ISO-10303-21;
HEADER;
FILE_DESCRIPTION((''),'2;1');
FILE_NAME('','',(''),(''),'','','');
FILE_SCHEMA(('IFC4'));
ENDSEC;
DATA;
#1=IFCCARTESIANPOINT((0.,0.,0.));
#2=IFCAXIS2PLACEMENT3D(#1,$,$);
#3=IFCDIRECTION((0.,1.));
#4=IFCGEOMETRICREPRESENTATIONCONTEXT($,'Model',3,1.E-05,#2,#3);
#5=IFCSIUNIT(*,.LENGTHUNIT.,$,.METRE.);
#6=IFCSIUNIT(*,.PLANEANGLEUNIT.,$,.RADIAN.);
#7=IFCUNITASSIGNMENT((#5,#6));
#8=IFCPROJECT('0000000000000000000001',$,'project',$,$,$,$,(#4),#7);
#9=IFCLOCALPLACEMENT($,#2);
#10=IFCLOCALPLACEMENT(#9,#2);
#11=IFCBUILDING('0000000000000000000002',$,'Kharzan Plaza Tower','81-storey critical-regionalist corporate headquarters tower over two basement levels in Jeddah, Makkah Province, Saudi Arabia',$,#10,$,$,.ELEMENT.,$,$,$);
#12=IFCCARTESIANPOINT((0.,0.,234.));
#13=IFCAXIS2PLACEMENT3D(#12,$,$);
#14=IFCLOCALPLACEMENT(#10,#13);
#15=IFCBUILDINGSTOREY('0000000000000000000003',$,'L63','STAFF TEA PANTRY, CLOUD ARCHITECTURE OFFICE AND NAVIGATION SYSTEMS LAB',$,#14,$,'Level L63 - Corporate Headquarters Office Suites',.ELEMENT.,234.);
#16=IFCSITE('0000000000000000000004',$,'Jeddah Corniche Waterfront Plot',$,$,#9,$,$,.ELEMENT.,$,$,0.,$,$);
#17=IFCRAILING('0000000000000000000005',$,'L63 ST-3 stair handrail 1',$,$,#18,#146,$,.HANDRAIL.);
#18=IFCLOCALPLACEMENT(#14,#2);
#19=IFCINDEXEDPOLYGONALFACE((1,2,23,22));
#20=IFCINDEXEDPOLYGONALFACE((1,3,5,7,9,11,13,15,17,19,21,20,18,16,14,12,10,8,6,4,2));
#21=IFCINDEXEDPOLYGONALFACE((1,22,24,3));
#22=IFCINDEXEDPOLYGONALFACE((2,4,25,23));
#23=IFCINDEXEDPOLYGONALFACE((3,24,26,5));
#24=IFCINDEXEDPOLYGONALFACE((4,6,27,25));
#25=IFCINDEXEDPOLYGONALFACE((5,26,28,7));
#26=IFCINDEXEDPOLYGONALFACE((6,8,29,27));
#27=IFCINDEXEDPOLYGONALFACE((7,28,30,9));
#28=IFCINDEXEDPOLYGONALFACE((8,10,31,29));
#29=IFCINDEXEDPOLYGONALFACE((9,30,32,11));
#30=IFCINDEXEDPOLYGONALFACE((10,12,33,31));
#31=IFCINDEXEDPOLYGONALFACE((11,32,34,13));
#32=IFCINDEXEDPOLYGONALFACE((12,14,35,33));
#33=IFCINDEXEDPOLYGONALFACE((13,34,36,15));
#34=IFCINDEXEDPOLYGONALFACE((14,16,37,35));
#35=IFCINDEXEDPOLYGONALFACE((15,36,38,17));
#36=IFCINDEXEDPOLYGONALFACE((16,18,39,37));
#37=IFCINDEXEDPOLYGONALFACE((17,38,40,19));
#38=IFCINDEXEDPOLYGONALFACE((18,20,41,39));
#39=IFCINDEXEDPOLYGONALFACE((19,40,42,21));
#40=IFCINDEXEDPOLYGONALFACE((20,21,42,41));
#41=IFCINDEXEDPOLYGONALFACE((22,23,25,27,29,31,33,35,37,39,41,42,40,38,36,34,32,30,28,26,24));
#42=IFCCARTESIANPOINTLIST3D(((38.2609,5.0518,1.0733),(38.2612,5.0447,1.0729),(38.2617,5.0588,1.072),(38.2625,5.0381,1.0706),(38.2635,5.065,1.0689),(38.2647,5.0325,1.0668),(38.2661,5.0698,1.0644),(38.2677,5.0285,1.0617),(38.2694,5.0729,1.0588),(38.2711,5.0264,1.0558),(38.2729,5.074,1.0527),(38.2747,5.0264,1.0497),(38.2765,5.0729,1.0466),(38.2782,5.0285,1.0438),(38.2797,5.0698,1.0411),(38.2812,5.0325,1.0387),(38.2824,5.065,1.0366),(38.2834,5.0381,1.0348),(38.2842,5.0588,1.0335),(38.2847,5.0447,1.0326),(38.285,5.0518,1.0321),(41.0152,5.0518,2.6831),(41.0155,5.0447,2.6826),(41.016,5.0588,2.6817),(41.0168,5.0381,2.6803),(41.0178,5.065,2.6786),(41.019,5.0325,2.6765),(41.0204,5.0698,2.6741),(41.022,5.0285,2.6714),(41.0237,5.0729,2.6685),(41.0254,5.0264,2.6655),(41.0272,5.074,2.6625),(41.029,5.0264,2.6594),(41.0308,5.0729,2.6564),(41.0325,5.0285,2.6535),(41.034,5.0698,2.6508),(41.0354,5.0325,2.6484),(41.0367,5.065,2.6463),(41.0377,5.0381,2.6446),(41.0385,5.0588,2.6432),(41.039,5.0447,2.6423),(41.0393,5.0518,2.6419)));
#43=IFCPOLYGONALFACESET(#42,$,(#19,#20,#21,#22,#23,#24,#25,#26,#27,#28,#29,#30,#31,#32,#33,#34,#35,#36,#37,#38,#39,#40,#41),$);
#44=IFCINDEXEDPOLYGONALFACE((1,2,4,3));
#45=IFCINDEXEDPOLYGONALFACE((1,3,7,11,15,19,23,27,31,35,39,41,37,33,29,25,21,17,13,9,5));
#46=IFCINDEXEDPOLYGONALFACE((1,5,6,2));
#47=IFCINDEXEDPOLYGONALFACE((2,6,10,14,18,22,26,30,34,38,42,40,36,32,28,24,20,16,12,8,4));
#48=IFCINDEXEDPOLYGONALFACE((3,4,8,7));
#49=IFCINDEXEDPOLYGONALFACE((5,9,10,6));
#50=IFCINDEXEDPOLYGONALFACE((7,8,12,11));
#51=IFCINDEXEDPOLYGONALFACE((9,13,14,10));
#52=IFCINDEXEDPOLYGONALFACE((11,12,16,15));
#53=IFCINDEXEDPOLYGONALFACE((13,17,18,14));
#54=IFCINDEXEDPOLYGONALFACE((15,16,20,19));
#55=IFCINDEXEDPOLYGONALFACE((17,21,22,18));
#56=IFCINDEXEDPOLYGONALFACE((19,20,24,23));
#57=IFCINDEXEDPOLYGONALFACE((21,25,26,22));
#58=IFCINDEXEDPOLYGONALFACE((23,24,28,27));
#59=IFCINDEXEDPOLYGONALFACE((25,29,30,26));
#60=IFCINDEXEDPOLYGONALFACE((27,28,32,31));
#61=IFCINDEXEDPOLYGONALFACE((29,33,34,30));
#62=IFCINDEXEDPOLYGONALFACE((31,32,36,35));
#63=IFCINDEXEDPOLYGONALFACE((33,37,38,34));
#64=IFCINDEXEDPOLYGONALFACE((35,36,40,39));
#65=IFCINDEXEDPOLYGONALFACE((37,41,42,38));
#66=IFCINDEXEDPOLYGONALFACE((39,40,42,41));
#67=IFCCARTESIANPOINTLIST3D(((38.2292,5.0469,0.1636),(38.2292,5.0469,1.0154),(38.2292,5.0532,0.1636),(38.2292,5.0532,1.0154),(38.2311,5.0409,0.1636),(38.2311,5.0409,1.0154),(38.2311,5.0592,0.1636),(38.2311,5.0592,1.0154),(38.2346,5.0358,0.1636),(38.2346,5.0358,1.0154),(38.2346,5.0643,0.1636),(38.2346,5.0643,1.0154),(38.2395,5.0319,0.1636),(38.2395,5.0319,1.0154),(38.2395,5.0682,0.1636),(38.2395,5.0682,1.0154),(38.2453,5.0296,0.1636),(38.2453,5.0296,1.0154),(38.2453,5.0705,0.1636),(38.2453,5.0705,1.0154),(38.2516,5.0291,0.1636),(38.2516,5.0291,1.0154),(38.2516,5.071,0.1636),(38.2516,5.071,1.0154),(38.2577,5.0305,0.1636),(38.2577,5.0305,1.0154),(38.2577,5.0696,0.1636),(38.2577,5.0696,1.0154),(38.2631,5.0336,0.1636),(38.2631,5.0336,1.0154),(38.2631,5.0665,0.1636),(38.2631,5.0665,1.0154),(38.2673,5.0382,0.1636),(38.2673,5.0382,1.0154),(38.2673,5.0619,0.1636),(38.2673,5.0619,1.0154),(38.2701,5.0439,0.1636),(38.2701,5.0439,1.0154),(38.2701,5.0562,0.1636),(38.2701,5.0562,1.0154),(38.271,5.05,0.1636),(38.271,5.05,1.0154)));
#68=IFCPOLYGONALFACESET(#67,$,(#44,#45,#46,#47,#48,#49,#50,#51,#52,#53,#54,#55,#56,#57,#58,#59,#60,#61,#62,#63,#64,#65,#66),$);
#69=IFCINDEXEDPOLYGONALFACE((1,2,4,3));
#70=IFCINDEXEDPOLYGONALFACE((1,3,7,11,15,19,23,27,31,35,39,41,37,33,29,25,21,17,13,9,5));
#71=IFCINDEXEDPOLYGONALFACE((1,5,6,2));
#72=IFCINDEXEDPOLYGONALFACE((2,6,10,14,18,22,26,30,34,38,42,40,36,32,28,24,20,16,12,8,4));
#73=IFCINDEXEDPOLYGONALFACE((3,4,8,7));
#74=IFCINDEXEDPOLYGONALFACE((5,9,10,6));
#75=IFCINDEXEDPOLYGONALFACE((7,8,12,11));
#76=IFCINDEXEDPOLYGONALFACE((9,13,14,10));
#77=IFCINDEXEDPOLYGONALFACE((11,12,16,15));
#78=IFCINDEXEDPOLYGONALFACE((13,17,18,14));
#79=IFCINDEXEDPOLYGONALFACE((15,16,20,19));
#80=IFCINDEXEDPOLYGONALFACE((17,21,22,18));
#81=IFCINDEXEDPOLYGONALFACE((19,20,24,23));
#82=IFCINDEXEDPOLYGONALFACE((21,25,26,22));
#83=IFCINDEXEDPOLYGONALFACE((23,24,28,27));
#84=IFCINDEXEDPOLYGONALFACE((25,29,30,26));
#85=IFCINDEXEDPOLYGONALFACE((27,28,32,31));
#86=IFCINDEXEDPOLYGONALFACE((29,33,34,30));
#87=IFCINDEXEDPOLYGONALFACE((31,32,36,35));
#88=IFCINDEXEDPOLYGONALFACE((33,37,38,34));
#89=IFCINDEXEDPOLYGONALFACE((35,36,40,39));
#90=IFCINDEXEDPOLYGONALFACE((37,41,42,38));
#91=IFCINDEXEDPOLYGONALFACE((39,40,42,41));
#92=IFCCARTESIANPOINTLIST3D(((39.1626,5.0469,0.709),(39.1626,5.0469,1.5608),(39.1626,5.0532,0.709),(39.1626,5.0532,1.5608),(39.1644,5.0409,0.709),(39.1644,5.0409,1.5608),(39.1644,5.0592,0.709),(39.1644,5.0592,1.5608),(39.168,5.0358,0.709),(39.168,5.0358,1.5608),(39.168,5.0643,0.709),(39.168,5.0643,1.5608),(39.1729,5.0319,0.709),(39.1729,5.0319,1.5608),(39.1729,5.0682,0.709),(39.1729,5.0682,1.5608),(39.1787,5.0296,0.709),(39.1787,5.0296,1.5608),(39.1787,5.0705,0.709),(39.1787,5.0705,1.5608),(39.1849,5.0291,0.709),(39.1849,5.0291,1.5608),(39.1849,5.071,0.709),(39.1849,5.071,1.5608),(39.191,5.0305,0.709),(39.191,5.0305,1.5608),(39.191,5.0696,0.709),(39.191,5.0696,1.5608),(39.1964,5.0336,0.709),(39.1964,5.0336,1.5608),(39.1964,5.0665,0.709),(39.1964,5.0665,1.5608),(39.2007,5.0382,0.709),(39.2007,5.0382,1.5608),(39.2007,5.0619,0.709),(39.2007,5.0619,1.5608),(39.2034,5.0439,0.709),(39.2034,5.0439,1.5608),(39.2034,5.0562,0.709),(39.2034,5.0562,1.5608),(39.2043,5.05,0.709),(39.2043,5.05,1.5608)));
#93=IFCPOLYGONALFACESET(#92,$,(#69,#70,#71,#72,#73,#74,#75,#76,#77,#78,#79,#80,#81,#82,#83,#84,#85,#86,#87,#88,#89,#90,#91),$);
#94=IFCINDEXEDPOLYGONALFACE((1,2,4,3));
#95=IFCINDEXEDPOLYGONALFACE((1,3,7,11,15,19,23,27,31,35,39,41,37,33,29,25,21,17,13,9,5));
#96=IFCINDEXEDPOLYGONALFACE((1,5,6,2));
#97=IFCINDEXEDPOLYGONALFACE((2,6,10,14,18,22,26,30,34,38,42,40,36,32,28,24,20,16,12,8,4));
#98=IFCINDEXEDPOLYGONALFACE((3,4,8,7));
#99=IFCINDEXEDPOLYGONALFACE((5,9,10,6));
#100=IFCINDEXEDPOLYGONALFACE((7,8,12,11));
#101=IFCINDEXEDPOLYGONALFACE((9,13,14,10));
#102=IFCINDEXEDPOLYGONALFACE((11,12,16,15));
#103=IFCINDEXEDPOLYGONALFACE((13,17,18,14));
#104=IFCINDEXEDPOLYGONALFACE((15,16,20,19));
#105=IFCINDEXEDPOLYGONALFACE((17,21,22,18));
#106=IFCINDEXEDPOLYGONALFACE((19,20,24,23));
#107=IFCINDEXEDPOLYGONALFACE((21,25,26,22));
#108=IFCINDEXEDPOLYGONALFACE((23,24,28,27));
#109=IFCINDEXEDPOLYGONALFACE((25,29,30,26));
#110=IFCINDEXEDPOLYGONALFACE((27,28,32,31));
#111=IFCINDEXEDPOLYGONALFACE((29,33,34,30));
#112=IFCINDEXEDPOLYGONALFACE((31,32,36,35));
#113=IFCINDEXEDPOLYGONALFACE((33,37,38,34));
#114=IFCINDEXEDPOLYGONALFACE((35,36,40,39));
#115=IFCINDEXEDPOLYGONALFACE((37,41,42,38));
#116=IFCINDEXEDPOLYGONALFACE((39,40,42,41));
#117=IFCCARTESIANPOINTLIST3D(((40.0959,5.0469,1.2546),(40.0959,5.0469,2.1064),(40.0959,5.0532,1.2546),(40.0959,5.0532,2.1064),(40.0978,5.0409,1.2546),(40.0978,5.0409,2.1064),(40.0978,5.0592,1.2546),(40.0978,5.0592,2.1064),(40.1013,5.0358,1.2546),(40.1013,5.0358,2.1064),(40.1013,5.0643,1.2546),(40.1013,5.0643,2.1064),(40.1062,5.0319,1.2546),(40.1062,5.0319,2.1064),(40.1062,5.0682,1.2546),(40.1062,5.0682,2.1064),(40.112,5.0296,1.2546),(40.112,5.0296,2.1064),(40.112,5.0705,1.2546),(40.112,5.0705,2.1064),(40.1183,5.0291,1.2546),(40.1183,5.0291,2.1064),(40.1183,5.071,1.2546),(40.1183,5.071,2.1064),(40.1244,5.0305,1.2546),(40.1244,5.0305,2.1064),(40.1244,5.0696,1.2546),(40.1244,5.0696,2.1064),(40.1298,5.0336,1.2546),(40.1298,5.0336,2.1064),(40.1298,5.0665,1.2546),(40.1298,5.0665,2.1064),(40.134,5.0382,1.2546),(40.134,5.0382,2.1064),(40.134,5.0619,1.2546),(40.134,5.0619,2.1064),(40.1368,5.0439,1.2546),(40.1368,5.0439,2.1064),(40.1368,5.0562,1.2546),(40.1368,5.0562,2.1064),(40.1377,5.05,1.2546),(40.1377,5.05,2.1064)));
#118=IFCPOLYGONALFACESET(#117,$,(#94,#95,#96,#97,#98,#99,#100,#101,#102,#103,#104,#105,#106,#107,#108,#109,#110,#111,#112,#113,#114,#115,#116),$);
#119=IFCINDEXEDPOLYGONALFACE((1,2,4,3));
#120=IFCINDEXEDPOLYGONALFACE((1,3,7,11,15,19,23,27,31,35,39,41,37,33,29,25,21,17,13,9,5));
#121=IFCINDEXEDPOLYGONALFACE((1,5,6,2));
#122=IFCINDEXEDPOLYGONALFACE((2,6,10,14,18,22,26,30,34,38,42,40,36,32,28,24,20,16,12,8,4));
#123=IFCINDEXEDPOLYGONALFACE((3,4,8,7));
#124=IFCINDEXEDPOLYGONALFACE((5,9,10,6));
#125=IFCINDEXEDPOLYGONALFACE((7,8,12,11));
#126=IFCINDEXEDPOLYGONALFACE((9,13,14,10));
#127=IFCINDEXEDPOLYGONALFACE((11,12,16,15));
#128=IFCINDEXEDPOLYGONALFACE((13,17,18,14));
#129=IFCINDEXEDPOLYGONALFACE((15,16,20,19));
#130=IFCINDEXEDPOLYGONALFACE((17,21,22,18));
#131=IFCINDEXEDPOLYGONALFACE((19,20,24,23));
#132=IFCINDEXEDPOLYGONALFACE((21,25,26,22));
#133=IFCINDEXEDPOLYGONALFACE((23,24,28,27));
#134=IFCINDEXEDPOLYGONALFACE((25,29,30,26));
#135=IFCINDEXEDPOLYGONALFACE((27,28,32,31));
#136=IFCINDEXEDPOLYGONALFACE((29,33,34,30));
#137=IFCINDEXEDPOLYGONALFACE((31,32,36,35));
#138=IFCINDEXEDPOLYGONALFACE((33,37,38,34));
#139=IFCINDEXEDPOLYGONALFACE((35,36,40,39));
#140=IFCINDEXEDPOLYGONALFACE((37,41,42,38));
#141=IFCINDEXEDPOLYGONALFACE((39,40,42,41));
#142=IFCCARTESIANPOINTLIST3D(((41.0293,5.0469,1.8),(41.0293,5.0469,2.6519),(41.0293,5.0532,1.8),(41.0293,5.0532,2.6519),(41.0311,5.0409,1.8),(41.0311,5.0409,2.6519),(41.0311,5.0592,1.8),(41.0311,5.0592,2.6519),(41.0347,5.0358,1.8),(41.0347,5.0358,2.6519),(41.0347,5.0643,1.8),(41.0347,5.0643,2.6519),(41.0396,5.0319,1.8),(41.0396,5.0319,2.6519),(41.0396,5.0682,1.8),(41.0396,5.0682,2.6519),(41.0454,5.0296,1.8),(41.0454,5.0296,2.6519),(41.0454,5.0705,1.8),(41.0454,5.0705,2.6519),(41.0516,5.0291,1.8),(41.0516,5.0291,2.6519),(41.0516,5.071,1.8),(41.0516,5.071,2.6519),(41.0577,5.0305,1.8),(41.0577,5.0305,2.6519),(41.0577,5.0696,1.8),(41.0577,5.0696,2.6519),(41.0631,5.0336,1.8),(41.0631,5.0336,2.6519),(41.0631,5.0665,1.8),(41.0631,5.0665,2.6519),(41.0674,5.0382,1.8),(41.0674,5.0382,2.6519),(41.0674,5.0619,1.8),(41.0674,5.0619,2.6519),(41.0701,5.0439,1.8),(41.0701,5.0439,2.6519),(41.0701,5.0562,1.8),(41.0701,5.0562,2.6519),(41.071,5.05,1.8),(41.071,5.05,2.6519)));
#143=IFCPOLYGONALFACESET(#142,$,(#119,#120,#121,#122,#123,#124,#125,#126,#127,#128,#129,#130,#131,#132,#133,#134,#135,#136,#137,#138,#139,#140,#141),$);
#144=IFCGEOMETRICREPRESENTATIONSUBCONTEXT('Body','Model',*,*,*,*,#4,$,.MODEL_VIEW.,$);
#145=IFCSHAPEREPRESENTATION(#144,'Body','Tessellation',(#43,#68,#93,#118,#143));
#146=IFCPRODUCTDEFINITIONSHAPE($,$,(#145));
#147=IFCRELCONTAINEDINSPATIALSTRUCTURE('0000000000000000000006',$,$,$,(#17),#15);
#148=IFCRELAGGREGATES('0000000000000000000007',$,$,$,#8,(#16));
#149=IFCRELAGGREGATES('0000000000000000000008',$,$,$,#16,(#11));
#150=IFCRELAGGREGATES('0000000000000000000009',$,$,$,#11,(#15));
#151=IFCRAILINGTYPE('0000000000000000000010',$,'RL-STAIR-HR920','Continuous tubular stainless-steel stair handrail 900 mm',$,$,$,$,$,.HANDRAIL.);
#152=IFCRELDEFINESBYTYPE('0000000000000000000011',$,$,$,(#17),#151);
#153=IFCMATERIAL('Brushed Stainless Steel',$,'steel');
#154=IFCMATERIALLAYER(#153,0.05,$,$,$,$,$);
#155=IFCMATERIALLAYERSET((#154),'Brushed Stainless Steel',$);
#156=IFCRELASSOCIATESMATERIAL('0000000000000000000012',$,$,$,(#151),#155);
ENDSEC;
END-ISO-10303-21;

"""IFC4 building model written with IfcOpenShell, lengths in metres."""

from ifc_helpers import new_model, si_unit, direction, frame, origin, origin_2d, place, context, subcontext, project, spatial, circle, extrude, source, transform, mapped, material, layer, layer_set, type_object, element, save


model = new_model("IFC4")

# Units and contexts
model_context = context("Model", 3, precision=1e-05, world=origin(), true_north=direction((0.0, 1.0)))
body_context = subcontext(model_context, "Body", "Model", "MODEL_VIEW")
ifc_project = project(units=[si_unit("LENGTHUNIT", "METRE"), si_unit("PLANEANGLEUNIT", "RADIAN")], contexts=[model_context])

# Site, building, storey
site_placement = place(None, origin())
site = spatial("IfcSite", under=ifc_project, at=site_placement, Name="Jeddah Corniche Waterfront Plot", CompositionType="ELEMENT", RefElevation=0.0)
building_placement = place(site_placement, origin())
building = spatial("IfcBuilding", under=site, at=building_placement, Name="Kharzan Plaza Tower", Description="81-storey critical-regionalist corporate headquarters tower over two basement levels in Jeddah, Makkah Province, Saudi Arabia", CompositionType="ELEMENT")
storey_placement = place(building_placement, frame((0.0, 0.0, 234.0)))
storey = spatial("IfcBuildingStorey", under=building, at=storey_placement, Name="L63", Description="STAFF TEA PANTRY, CLOUD ARCHITECTURE OFFICE AND NAVIGATION SYSTEMS LAB", LongName="Level L63 - Corporate Headquarters Office Suites", CompositionType="ELEMENT", Elevation=234.0)

# Railing
ifc_material_1 = material(Name="Brushed Stainless Steel", Category="steel")
ifc_layer_1 = layer(ifc_material_1, 0.05)
ifc_layer_set_1 = layer_set([ifc_layer_1], Name="Brushed Stainless Steel")
railing_type_1 = type_object("IfcRailingType", Name="RL-STAIR-HR920", Description="Continuous tubular stainless-steel stair handrail 900 mm", PredefinedType="HANDRAIL", material=ifc_layer_set_1)
shared_shape_1 = source(origin(), body_context, "Body", "SweptSolid", [
    extrude(circle(Radius=0.0239, at=origin_2d()), frame((0.0229, 0.0, 0.8892), z_axis=(0.863361, 0.0, 0.504587), x_axis=(0.0, 1.0, 0.0)), (0.0, 0.0, 1.0), 3.1902),
    extrude(circle(Radius=0.021, at=origin_2d()), origin(), (0.0, 0.0, 1.0), 0.8518),
    extrude(circle(Radius=0.021, at=origin_2d()), frame((0.9333, 0.0, 0.5454)), (0.0, 0.0, 1.0), 0.8518),
    extrude(circle(Radius=0.021, at=origin_2d()), frame((1.8667, 0.0, 1.0911)), (0.0, 0.0, 1.0), 0.8518),
    extrude(circle(Radius=0.021, at=origin_2d()), frame((2.8, 0.0, 1.6365)), (0.0, 0.0, 1.0), 0.8518),
])
railing_1_placement = place(storey_placement, frame((38.25, 5.05, 0.1636)))
element("IfcRailing", 1, at=railing_1_placement, inside=storey, type_object=railing_type_1, Name="L63 ST-3 stair handrail 1", PredefinedType="HANDRAIL", context=body_context, shape_type="MappedRepresentation", body=[
    mapped(shared_shape_1, transform((0.0, 0.0, 0.0), x_axis=(1.0, 0.0, 0.0), y_axis=(0.0, 1.0, 0.0), z_axis=(0.0, 0.0, 1.0))),
])

save(model, "model.ifc")
